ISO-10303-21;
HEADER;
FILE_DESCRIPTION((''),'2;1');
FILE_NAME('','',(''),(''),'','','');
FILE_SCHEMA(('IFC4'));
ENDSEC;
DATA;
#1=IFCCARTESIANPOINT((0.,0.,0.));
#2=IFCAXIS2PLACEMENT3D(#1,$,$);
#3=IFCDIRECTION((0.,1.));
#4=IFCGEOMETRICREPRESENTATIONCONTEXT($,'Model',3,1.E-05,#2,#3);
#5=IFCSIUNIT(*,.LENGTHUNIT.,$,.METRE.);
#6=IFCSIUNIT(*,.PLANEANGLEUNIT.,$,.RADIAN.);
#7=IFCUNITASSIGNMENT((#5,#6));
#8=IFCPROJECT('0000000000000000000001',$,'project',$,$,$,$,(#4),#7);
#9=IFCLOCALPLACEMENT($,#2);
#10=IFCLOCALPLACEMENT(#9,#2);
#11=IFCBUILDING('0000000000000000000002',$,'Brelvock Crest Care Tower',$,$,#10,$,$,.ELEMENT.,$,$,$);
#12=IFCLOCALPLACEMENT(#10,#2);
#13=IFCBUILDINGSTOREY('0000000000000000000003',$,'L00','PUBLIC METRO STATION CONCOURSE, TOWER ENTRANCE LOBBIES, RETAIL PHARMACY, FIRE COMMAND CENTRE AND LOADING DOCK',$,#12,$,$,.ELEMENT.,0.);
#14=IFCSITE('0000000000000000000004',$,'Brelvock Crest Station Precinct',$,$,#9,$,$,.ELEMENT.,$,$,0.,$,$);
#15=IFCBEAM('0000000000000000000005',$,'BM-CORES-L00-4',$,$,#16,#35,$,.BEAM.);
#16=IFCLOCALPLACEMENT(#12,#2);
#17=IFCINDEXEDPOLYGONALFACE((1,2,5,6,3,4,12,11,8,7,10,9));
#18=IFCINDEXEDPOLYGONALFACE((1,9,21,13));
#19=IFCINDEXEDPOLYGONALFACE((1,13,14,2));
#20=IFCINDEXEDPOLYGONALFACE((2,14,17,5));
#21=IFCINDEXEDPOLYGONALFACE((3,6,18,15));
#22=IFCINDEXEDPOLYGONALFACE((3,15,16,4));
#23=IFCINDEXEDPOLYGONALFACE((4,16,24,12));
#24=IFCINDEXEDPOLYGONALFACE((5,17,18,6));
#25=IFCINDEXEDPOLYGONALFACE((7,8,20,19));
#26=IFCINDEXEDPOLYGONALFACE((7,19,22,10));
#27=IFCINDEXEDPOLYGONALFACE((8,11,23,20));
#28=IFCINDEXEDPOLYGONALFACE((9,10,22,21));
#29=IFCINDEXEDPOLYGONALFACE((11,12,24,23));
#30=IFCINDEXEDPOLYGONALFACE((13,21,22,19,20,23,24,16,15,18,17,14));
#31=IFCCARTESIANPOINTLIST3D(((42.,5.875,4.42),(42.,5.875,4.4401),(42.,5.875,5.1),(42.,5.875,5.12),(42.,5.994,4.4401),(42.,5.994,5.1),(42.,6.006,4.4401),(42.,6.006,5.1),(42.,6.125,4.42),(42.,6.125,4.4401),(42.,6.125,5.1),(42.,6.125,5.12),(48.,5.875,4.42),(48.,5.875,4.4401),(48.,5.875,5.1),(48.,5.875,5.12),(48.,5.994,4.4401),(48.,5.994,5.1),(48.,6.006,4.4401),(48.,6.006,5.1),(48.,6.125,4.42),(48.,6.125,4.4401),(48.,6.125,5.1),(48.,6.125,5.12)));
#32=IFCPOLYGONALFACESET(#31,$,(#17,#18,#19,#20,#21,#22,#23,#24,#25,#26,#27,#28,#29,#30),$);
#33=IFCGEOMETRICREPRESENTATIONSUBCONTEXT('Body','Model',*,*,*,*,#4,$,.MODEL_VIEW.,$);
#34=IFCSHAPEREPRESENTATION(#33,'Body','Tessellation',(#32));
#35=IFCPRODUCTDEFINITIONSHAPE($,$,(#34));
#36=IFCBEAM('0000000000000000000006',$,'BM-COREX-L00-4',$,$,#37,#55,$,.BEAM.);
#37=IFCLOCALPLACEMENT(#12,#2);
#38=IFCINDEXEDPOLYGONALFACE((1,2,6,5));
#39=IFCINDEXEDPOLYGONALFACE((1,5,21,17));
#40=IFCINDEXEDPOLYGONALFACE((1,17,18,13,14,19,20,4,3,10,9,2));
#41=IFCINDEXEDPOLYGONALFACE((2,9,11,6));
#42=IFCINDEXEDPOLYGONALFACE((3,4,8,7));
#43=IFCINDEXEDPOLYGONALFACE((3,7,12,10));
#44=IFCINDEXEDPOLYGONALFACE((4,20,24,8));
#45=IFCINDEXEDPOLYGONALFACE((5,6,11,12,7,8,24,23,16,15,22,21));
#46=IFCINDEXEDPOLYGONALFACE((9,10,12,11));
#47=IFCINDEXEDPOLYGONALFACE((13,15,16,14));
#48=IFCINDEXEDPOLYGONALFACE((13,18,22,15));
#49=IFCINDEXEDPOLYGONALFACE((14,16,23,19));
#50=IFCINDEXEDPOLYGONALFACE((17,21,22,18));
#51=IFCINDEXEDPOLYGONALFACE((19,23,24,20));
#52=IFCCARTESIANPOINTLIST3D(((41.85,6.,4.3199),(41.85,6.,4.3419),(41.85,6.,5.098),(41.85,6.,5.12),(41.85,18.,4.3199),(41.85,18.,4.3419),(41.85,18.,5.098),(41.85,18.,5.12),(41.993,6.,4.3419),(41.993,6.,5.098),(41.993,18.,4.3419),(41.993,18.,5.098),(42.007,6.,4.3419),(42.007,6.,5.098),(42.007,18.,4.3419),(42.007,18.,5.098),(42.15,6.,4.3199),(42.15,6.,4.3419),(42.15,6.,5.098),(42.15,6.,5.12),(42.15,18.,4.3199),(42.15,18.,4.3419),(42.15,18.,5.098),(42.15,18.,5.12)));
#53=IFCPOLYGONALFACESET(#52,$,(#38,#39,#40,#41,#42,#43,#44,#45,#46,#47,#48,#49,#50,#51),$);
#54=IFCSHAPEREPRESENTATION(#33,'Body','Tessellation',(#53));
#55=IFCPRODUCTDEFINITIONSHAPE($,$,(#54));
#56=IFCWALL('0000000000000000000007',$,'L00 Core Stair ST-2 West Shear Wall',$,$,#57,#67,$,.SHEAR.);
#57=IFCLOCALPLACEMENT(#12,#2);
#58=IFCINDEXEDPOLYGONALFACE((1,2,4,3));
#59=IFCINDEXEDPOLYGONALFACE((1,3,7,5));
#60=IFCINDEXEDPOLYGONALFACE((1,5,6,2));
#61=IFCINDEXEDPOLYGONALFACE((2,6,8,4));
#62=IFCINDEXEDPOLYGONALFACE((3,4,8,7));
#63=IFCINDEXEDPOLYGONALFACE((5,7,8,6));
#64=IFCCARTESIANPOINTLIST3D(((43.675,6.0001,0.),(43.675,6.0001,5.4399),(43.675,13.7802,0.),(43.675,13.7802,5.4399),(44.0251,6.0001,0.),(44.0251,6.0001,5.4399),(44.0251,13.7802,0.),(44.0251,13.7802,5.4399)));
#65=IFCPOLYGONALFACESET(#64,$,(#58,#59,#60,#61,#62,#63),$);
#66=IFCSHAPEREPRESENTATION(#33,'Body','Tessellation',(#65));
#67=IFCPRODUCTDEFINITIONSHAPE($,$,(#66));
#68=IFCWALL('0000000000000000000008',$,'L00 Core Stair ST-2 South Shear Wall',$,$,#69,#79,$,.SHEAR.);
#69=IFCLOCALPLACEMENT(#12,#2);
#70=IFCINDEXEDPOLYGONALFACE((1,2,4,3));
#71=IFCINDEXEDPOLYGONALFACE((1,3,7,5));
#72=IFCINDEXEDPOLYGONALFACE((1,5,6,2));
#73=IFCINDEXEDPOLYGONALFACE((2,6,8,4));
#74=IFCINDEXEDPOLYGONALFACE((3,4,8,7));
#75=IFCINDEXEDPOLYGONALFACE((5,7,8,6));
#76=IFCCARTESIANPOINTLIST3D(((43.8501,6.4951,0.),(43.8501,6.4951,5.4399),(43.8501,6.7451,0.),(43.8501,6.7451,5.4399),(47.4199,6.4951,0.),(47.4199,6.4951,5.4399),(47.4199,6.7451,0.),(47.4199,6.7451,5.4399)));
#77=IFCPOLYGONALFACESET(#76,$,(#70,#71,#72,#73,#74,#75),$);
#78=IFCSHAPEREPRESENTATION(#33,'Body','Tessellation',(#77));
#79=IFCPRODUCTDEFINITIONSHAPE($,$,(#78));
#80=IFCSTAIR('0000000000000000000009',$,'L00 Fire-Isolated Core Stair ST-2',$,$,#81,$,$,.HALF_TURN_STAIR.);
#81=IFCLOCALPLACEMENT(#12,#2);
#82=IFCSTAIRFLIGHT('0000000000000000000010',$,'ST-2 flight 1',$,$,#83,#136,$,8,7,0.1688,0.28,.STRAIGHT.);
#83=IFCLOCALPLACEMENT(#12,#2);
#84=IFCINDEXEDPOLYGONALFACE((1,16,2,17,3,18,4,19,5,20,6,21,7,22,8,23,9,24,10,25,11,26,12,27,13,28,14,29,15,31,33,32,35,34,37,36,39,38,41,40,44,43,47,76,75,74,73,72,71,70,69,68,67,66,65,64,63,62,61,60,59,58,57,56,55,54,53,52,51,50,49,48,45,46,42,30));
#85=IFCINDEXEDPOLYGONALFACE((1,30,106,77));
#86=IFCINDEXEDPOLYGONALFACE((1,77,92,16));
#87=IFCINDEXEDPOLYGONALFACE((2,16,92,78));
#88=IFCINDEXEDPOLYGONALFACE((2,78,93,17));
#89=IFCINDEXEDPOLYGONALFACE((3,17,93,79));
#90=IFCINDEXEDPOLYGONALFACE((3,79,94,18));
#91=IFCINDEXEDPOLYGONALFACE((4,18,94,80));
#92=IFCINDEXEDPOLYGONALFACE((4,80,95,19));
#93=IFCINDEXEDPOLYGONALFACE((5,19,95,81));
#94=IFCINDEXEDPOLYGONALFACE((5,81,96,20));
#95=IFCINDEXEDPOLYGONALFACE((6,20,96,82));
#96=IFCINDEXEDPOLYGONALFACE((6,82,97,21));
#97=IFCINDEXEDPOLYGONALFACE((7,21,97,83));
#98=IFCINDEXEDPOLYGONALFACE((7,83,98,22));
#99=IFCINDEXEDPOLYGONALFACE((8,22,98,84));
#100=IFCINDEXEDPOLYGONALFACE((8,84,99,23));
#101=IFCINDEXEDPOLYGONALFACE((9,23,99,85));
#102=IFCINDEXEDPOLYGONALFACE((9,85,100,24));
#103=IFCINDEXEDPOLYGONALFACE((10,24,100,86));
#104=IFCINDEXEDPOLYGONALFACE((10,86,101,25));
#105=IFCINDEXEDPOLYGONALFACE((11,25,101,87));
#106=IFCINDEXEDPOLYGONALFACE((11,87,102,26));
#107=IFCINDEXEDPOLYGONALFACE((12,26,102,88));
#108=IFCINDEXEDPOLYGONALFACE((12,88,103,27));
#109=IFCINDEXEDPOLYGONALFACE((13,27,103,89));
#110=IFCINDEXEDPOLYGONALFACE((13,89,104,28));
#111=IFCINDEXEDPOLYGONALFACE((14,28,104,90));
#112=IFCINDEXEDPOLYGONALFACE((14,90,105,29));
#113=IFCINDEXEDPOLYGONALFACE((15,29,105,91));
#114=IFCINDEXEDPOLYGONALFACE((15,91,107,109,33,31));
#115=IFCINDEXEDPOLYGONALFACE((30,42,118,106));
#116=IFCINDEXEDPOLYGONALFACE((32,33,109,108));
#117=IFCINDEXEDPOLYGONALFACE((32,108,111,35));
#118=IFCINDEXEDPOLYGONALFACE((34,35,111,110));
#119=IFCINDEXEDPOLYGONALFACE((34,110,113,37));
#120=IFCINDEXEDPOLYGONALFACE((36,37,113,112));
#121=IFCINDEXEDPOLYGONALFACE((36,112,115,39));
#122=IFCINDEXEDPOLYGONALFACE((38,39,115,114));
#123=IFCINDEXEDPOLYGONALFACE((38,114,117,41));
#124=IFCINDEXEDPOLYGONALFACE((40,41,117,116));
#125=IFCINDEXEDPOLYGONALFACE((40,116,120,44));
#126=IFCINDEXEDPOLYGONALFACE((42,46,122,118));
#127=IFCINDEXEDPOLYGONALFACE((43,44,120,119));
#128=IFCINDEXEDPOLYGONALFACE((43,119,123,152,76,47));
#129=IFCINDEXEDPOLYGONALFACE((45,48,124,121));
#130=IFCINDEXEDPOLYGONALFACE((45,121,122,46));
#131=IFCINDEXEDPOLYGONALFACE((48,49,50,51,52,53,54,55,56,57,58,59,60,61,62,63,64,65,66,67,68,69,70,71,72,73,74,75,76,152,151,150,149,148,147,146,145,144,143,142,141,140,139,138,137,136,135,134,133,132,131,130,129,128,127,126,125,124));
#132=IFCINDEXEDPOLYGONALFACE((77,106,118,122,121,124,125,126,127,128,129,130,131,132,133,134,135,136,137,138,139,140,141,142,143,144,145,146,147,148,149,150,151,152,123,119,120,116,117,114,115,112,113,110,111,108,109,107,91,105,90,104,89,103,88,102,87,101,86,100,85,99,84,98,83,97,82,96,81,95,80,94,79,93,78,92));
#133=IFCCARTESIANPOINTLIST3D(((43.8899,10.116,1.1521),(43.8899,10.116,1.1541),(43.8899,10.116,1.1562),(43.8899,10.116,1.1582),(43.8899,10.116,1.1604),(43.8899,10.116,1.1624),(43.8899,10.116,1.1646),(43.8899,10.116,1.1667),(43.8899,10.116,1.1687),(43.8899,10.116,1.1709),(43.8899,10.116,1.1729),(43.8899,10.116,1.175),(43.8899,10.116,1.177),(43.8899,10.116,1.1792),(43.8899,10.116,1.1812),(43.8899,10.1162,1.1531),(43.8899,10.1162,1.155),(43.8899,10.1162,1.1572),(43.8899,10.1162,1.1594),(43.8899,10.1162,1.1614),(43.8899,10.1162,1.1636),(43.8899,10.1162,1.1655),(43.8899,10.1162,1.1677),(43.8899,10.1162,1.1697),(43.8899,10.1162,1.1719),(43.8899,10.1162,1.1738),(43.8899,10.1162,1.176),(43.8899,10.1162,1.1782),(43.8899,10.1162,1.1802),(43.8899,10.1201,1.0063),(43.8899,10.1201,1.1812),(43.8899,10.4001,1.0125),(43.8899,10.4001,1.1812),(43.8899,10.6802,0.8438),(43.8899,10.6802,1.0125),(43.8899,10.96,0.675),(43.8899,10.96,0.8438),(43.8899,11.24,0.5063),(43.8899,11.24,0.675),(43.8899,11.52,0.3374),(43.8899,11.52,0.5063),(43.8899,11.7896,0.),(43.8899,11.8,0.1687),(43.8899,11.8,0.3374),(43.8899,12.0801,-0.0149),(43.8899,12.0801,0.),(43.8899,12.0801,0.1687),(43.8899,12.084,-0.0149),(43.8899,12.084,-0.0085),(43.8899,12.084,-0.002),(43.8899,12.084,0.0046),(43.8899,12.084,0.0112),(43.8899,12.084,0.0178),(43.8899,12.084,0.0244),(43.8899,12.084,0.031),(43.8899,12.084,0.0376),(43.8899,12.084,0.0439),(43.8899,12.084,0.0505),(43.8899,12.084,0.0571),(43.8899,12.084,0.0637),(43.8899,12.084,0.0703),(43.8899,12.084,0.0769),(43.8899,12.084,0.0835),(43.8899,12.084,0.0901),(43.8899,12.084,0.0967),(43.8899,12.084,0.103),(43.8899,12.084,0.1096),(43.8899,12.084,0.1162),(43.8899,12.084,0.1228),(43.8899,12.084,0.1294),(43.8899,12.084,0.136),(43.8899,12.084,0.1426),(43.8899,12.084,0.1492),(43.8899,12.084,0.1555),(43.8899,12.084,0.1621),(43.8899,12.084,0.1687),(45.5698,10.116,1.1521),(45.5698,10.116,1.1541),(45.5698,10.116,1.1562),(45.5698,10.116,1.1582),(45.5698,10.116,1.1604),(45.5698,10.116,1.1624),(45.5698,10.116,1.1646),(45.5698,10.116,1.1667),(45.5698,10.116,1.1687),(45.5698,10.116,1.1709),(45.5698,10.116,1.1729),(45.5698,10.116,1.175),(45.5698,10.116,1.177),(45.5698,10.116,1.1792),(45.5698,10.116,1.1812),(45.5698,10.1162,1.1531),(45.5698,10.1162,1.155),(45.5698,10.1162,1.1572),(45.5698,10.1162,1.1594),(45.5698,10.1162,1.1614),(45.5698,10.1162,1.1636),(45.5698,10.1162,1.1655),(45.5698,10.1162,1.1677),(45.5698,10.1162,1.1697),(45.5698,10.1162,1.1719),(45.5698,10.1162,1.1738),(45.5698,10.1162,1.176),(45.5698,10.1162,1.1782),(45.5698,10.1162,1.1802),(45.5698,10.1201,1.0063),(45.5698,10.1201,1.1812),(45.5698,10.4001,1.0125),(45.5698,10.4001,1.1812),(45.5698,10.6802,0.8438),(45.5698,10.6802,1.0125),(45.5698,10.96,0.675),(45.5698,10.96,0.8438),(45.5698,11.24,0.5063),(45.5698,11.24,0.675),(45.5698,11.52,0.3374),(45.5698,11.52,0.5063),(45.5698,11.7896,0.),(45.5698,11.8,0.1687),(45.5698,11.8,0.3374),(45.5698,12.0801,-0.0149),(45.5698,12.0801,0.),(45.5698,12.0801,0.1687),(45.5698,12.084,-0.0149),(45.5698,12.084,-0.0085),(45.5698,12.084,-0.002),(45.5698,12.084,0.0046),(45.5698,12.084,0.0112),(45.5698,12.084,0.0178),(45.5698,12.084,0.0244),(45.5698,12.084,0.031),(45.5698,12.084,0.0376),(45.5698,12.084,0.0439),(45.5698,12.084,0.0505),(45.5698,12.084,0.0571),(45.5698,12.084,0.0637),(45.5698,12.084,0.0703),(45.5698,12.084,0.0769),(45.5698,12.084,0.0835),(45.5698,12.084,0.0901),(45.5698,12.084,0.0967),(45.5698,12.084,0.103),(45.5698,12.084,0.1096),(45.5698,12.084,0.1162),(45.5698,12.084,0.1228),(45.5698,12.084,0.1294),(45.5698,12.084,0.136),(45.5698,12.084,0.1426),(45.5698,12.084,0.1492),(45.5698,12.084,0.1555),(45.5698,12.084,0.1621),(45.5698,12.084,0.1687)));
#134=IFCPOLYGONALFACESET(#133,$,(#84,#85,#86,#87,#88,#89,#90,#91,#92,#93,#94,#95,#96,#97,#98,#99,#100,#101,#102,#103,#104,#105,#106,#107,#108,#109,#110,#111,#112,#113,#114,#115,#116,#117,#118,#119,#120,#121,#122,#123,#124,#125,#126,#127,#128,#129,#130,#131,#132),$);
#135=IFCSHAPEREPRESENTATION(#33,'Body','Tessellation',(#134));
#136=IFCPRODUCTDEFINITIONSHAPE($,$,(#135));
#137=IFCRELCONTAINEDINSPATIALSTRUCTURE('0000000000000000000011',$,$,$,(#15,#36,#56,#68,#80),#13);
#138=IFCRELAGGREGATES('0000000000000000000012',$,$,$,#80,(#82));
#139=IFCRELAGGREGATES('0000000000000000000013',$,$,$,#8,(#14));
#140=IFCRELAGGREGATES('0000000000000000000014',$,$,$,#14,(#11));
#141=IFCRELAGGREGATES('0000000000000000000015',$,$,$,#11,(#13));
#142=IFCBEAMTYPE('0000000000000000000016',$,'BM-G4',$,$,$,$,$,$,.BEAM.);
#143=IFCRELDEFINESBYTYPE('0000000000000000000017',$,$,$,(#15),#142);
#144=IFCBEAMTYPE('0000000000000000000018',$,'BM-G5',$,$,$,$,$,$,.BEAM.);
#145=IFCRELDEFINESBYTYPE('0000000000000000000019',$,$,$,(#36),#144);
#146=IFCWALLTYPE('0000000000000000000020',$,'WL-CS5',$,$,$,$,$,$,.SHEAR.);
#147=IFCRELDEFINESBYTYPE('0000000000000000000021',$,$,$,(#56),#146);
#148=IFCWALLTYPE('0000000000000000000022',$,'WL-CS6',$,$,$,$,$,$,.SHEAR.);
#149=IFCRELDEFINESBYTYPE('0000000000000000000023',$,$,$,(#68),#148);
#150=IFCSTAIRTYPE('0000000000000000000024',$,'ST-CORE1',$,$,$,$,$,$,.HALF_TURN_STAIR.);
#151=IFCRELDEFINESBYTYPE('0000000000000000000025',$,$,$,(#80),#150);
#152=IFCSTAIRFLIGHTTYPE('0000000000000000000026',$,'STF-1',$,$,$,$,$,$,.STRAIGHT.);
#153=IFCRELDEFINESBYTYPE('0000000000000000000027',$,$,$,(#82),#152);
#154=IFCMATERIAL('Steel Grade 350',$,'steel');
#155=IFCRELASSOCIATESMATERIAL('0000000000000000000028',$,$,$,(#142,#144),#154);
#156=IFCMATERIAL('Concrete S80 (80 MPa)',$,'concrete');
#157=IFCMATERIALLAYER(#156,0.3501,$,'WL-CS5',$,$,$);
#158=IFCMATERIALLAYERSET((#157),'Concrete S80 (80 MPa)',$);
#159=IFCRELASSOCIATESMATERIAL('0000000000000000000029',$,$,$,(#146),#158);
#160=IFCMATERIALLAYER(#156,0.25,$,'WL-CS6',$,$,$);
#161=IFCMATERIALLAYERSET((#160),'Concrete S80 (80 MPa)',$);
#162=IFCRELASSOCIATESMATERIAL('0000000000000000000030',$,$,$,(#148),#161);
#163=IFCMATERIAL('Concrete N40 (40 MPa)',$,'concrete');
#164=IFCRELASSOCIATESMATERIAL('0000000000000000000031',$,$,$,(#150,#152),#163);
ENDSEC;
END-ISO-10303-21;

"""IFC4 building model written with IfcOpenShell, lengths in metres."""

from ifc_helpers import new_model, si_unit, direction, frame, frame_2d, origin, origin_2d, place, context, subcontext, project, spatial, polyline, rectangle, i_section, outline, extrude, source, transform, mapped, material, layer, layer_set, material_profile, profile_set, type_object, element, aggregate, save


model = new_model("IFC4")

# Units and contexts
model_context = context("Model", 3, precision=1e-05, world=origin(), true_north=direction((0.0, 1.0)))
body_context = subcontext(model_context, "Body", "Model", "MODEL_VIEW")
ifc_project = project(units=[si_unit("LENGTHUNIT", "METRE"), si_unit("PLANEANGLEUNIT", "RADIAN")], contexts=[model_context])

# Site, building, storey
site_placement = place(None, origin())
site = spatial("IfcSite", under=ifc_project, at=site_placement, Name="Brelvock Crest Station Precinct", CompositionType="ELEMENT", RefElevation=0.0)
building_placement = place(site_placement, origin())
building = spatial("IfcBuilding", under=site, at=building_placement, Name="Brelvock Crest Care Tower", CompositionType="ELEMENT")
storey_placement = place(building_placement, origin())
storey = spatial("IfcBuildingStorey", under=building, at=storey_placement, Name="L00", Description="PUBLIC METRO STATION CONCOURSE, TOWER ENTRANCE LOBBIES, RETAIL PHARMACY, FIRE COMMAND CENTRE AND LOADING DOCK", CompositionType="ELEMENT", Elevation=0.0)

# Beams
ifc_material_1 = material(Name="Steel Grade 350", Category="steel")
ifc_material_profile_1 = material_profile(ifc_material_1, i_section(OverallWidth=0.25, OverallDepth=0.7, WebThickness=0.012, FlangeThickness=0.02, at=origin_2d()), Name="700WB150")
ifc_profile_set_1 = profile_set([ifc_material_profile_1], Name="Steel Grade 350")
beam_type_1 = type_object("IfcBeamType", Name="BM-G4", PredefinedType="BEAM", material=ifc_profile_set_1)
shared_shape_1 = source(origin(), body_context, "Body", "SweptSolid", [
    extrude(i_section(OverallWidth=0.25, OverallDepth=0.7, WebThickness=0.012, FlangeThickness=0.02, at=origin_2d()), origin(), (0.0, 0.0, 1.0), 6.0),
])
beam_1_placement = place(storey_placement, frame((42.0, 6.0, 4.77), z_axis=(1.0, 0.0, 0.0), x_axis=(0.0, 1.0, 0.0)))
element("IfcBeam", 1, at=beam_1_placement, inside=storey, type_object=beam_type_1, Name="BM-CORES-L00-4", PredefinedType="BEAM", context=body_context, shape_type="MappedRepresentation", body=[
    mapped(shared_shape_1, transform((0.0, 0.0, 0.0), x_axis=(1.0, 0.0, 0.0), y_axis=(0.0, 1.0, 0.0), z_axis=(0.0, 0.0, 1.0), scale=1.0)),
])
ifc_material_profile_2 = material_profile(ifc_material_1, i_section(OverallWidth=0.3, OverallDepth=0.8, WebThickness=0.0139, FlangeThickness=0.022, at=origin_2d()), Name="800WB192")
ifc_profile_set_2 = profile_set([ifc_material_profile_2], Name="Steel Grade 350")
beam_type_2 = type_object("IfcBeamType", Name="BM-G5", PredefinedType="BEAM", material=ifc_profile_set_2)
shared_shape_2 = source(origin(), body_context, "Body", "SweptSolid", [
    extrude(i_section(OverallWidth=0.3, OverallDepth=0.8, WebThickness=0.0139, FlangeThickness=0.022, at=origin_2d()), origin(), (0.0, 0.0, 1.0), 12.0),
])
beam_2_placement = place(storey_placement, frame((42.0, 6.0, 4.72), z_axis=(0.0, 1.0, 0.0), x_axis=(-1.0, 0.0, 0.0)))
element("IfcBeam", 2, at=beam_2_placement, inside=storey, type_object=beam_type_2, Name="BM-COREX-L00-4", PredefinedType="BEAM", context=body_context, shape_type="MappedRepresentation", body=[
    mapped(shared_shape_2, transform((0.0, 0.0, 0.0), x_axis=(1.0, 0.0, 0.0), y_axis=(0.0, 1.0, 0.0), z_axis=(0.0, 0.0, 1.0), scale=1.0)),
])

# Walls
ifc_material_2 = material(Name="Concrete S80 (80 MPa)", Category="concrete")
ifc_layer_1 = layer(ifc_material_2, 0.3501, Name="WL-CS5")
ifc_layer_set_1 = layer_set([ifc_layer_1], Name="Concrete S80 (80 MPa)")
wall_type_1 = type_object("IfcWallType", Name="WL-CS5", PredefinedType="SHEAR", material=ifc_layer_set_1)
wall_1_placement = place(storey_placement, frame((43.8501, 6.0, 0.0), z_axis=(0.0, 0.0, 1.0), x_axis=(0.0, 1.0, 0.0)))
element("IfcWall", 3, at=wall_1_placement, inside=storey, type_object=wall_type_1, Name="L00 Core Stair ST-2 West Shear Wall", PredefinedType="SHEAR", context=body_context, shape_type="SweptSolid", body=[
    extrude(rectangle(XDim=7.78, YDim=0.3501, at=frame_2d((3.8901, 0.0))), origin(), (0.0, 0.0, 1.0), 5.4399),
])
ifc_layer_2 = layer(ifc_material_2, 0.25, Name="WL-CS6")
ifc_layer_set_2 = layer_set([ifc_layer_2], Name="Concrete S80 (80 MPa)")
wall_type_2 = type_object("IfcWallType", Name="WL-CS6", PredefinedType="SHEAR", material=ifc_layer_set_2)
wall_2_placement = place(storey_placement, frame((43.8501, 6.6201, 0.0), z_axis=(0.0, 0.0, 1.0), x_axis=(1.0, 0.0, 0.0)))
element("IfcWall", 4, at=wall_2_placement, inside=storey, type_object=wall_type_2, Name="L00 Core Stair ST-2 South Shear Wall", PredefinedType="SHEAR", context=body_context, shape_type="SweptSolid", body=[
    extrude(rectangle(XDim=3.5698, YDim=0.25, at=frame_2d((1.7849, 0.0))), origin(), (0.0, 0.0, 1.0), 5.4399),
])

# Stair, stair flight
ifc_material_3 = material(Name="Concrete N40 (40 MPa)", Category="concrete")
stair_type = type_object("IfcStairType", Name="ST-CORE1", PredefinedType="HALF_TURN_STAIR", material=ifc_material_3)
stair_placement = place(storey_placement, origin())
stair = element("IfcStair", 5, at=stair_placement, inside=storey, type_object=stair_type, Name="L00 Fire-Isolated Core Stair ST-2", PredefinedType="HALF_TURN_STAIR")
stair_flight_type = type_object("IfcStairFlightType", Name="STF-1", PredefinedType="STRAIGHT", material=ifc_material_3)
stair_flight_1_placement = place(storey_placement, frame((44.73, 12.0801, 0.0), z_axis=(0.0, 0.0, 1.0), x_axis=(0.0, -1.0, 0.0)))
stair_flight_1 = element("IfcStairFlight", 6, at=stair_flight_1_placement, type_object=stair_flight_type, Name="ST-2 flight 1", NumberOfRisers=8, NumberOfTreads=7, PredefinedType="STRAIGHT", RiserHeight=0.1688, TreadLength=0.28, context=body_context, shape_type="SweptSolid", body=[
    extrude(outline(polyline([(-0.0039, -0.0149), (-0.0039, -0.0085), (-0.0039, -0.002), (-0.0039, 0.0046), (-0.0039, 0.0112), (-0.0039, 0.0178), (-0.0039, 0.0244), (-0.0039, 0.031), (-0.0039, 0.0376), (-0.0039, 0.0439), (-0.0039, 0.0505), (-0.0039, 0.0571), (-0.0039, 0.0637), (-0.0039, 0.0703), (-0.0039, 0.0769), (-0.0039, 0.0835), (-0.0039, 0.0901), (-0.0039, 0.0967), (-0.0039, 0.103), (-0.0039, 0.1096), (-0.0039, 0.1162), (-0.0039, 0.1228), (-0.0039, 0.1294), (-0.0039, 0.136), (-0.0039, 0.1426), (-0.0039, 0.1492), (-0.0039, 0.1555), (-0.0039, 0.1621), (-0.0039, 0.1687), (0.0, 0.1687), (0.28, 0.1687), (0.28, 0.3374), (0.5601, 0.3374), (0.5601, 0.5063), (0.8401, 0.5063), (0.8401, 0.675), (1.1201, 0.675), (1.1201, 0.8438), (1.3999, 0.8438), (1.3999, 1.0125), (1.6799, 1.0125), (1.6799, 1.1812), (1.96, 1.1812), (1.9641, 1.1812), (1.9639, 1.1802), (1.9641, 1.1792), (1.9639, 1.1782), (1.9641, 1.177), (1.9639, 1.176), (1.9641, 1.175), (1.9639, 1.1738), (1.9641, 1.1729), (1.9639, 1.1719), (1.9641, 1.1709), (1.9639, 1.1697), (1.9641, 1.1687), (1.9639, 1.1677), (1.9641, 1.1667), (1.9639, 1.1655), (1.9641, 1.1646), (1.9639, 1.1636), (1.9641, 1.1624), (1.9639, 1.1614), (1.9641, 1.1604), (1.9639, 1.1594), (1.9641, 1.1582), (1.9639, 1.1572), (1.9641, 1.1562), (1.9639, 1.155), (1.9641, 1.1541), (1.9639, 1.1531), (1.9641, 1.1521), (1.96, 1.0063), (0.2905, 0.0), (0.0, 0.0), (0.0, -0.0149), (-0.0039, -0.0149)])), frame((0.0, 0.8398, 0.0), z_axis=(0.0, -1.0, 0.0), x_axis=(1.0, 0.0, 0.0)), (0.0, 0.0, 1.0), 1.6799),
])
aggregate(stair, [stair_flight_1])

save(model, "model.ifc")
